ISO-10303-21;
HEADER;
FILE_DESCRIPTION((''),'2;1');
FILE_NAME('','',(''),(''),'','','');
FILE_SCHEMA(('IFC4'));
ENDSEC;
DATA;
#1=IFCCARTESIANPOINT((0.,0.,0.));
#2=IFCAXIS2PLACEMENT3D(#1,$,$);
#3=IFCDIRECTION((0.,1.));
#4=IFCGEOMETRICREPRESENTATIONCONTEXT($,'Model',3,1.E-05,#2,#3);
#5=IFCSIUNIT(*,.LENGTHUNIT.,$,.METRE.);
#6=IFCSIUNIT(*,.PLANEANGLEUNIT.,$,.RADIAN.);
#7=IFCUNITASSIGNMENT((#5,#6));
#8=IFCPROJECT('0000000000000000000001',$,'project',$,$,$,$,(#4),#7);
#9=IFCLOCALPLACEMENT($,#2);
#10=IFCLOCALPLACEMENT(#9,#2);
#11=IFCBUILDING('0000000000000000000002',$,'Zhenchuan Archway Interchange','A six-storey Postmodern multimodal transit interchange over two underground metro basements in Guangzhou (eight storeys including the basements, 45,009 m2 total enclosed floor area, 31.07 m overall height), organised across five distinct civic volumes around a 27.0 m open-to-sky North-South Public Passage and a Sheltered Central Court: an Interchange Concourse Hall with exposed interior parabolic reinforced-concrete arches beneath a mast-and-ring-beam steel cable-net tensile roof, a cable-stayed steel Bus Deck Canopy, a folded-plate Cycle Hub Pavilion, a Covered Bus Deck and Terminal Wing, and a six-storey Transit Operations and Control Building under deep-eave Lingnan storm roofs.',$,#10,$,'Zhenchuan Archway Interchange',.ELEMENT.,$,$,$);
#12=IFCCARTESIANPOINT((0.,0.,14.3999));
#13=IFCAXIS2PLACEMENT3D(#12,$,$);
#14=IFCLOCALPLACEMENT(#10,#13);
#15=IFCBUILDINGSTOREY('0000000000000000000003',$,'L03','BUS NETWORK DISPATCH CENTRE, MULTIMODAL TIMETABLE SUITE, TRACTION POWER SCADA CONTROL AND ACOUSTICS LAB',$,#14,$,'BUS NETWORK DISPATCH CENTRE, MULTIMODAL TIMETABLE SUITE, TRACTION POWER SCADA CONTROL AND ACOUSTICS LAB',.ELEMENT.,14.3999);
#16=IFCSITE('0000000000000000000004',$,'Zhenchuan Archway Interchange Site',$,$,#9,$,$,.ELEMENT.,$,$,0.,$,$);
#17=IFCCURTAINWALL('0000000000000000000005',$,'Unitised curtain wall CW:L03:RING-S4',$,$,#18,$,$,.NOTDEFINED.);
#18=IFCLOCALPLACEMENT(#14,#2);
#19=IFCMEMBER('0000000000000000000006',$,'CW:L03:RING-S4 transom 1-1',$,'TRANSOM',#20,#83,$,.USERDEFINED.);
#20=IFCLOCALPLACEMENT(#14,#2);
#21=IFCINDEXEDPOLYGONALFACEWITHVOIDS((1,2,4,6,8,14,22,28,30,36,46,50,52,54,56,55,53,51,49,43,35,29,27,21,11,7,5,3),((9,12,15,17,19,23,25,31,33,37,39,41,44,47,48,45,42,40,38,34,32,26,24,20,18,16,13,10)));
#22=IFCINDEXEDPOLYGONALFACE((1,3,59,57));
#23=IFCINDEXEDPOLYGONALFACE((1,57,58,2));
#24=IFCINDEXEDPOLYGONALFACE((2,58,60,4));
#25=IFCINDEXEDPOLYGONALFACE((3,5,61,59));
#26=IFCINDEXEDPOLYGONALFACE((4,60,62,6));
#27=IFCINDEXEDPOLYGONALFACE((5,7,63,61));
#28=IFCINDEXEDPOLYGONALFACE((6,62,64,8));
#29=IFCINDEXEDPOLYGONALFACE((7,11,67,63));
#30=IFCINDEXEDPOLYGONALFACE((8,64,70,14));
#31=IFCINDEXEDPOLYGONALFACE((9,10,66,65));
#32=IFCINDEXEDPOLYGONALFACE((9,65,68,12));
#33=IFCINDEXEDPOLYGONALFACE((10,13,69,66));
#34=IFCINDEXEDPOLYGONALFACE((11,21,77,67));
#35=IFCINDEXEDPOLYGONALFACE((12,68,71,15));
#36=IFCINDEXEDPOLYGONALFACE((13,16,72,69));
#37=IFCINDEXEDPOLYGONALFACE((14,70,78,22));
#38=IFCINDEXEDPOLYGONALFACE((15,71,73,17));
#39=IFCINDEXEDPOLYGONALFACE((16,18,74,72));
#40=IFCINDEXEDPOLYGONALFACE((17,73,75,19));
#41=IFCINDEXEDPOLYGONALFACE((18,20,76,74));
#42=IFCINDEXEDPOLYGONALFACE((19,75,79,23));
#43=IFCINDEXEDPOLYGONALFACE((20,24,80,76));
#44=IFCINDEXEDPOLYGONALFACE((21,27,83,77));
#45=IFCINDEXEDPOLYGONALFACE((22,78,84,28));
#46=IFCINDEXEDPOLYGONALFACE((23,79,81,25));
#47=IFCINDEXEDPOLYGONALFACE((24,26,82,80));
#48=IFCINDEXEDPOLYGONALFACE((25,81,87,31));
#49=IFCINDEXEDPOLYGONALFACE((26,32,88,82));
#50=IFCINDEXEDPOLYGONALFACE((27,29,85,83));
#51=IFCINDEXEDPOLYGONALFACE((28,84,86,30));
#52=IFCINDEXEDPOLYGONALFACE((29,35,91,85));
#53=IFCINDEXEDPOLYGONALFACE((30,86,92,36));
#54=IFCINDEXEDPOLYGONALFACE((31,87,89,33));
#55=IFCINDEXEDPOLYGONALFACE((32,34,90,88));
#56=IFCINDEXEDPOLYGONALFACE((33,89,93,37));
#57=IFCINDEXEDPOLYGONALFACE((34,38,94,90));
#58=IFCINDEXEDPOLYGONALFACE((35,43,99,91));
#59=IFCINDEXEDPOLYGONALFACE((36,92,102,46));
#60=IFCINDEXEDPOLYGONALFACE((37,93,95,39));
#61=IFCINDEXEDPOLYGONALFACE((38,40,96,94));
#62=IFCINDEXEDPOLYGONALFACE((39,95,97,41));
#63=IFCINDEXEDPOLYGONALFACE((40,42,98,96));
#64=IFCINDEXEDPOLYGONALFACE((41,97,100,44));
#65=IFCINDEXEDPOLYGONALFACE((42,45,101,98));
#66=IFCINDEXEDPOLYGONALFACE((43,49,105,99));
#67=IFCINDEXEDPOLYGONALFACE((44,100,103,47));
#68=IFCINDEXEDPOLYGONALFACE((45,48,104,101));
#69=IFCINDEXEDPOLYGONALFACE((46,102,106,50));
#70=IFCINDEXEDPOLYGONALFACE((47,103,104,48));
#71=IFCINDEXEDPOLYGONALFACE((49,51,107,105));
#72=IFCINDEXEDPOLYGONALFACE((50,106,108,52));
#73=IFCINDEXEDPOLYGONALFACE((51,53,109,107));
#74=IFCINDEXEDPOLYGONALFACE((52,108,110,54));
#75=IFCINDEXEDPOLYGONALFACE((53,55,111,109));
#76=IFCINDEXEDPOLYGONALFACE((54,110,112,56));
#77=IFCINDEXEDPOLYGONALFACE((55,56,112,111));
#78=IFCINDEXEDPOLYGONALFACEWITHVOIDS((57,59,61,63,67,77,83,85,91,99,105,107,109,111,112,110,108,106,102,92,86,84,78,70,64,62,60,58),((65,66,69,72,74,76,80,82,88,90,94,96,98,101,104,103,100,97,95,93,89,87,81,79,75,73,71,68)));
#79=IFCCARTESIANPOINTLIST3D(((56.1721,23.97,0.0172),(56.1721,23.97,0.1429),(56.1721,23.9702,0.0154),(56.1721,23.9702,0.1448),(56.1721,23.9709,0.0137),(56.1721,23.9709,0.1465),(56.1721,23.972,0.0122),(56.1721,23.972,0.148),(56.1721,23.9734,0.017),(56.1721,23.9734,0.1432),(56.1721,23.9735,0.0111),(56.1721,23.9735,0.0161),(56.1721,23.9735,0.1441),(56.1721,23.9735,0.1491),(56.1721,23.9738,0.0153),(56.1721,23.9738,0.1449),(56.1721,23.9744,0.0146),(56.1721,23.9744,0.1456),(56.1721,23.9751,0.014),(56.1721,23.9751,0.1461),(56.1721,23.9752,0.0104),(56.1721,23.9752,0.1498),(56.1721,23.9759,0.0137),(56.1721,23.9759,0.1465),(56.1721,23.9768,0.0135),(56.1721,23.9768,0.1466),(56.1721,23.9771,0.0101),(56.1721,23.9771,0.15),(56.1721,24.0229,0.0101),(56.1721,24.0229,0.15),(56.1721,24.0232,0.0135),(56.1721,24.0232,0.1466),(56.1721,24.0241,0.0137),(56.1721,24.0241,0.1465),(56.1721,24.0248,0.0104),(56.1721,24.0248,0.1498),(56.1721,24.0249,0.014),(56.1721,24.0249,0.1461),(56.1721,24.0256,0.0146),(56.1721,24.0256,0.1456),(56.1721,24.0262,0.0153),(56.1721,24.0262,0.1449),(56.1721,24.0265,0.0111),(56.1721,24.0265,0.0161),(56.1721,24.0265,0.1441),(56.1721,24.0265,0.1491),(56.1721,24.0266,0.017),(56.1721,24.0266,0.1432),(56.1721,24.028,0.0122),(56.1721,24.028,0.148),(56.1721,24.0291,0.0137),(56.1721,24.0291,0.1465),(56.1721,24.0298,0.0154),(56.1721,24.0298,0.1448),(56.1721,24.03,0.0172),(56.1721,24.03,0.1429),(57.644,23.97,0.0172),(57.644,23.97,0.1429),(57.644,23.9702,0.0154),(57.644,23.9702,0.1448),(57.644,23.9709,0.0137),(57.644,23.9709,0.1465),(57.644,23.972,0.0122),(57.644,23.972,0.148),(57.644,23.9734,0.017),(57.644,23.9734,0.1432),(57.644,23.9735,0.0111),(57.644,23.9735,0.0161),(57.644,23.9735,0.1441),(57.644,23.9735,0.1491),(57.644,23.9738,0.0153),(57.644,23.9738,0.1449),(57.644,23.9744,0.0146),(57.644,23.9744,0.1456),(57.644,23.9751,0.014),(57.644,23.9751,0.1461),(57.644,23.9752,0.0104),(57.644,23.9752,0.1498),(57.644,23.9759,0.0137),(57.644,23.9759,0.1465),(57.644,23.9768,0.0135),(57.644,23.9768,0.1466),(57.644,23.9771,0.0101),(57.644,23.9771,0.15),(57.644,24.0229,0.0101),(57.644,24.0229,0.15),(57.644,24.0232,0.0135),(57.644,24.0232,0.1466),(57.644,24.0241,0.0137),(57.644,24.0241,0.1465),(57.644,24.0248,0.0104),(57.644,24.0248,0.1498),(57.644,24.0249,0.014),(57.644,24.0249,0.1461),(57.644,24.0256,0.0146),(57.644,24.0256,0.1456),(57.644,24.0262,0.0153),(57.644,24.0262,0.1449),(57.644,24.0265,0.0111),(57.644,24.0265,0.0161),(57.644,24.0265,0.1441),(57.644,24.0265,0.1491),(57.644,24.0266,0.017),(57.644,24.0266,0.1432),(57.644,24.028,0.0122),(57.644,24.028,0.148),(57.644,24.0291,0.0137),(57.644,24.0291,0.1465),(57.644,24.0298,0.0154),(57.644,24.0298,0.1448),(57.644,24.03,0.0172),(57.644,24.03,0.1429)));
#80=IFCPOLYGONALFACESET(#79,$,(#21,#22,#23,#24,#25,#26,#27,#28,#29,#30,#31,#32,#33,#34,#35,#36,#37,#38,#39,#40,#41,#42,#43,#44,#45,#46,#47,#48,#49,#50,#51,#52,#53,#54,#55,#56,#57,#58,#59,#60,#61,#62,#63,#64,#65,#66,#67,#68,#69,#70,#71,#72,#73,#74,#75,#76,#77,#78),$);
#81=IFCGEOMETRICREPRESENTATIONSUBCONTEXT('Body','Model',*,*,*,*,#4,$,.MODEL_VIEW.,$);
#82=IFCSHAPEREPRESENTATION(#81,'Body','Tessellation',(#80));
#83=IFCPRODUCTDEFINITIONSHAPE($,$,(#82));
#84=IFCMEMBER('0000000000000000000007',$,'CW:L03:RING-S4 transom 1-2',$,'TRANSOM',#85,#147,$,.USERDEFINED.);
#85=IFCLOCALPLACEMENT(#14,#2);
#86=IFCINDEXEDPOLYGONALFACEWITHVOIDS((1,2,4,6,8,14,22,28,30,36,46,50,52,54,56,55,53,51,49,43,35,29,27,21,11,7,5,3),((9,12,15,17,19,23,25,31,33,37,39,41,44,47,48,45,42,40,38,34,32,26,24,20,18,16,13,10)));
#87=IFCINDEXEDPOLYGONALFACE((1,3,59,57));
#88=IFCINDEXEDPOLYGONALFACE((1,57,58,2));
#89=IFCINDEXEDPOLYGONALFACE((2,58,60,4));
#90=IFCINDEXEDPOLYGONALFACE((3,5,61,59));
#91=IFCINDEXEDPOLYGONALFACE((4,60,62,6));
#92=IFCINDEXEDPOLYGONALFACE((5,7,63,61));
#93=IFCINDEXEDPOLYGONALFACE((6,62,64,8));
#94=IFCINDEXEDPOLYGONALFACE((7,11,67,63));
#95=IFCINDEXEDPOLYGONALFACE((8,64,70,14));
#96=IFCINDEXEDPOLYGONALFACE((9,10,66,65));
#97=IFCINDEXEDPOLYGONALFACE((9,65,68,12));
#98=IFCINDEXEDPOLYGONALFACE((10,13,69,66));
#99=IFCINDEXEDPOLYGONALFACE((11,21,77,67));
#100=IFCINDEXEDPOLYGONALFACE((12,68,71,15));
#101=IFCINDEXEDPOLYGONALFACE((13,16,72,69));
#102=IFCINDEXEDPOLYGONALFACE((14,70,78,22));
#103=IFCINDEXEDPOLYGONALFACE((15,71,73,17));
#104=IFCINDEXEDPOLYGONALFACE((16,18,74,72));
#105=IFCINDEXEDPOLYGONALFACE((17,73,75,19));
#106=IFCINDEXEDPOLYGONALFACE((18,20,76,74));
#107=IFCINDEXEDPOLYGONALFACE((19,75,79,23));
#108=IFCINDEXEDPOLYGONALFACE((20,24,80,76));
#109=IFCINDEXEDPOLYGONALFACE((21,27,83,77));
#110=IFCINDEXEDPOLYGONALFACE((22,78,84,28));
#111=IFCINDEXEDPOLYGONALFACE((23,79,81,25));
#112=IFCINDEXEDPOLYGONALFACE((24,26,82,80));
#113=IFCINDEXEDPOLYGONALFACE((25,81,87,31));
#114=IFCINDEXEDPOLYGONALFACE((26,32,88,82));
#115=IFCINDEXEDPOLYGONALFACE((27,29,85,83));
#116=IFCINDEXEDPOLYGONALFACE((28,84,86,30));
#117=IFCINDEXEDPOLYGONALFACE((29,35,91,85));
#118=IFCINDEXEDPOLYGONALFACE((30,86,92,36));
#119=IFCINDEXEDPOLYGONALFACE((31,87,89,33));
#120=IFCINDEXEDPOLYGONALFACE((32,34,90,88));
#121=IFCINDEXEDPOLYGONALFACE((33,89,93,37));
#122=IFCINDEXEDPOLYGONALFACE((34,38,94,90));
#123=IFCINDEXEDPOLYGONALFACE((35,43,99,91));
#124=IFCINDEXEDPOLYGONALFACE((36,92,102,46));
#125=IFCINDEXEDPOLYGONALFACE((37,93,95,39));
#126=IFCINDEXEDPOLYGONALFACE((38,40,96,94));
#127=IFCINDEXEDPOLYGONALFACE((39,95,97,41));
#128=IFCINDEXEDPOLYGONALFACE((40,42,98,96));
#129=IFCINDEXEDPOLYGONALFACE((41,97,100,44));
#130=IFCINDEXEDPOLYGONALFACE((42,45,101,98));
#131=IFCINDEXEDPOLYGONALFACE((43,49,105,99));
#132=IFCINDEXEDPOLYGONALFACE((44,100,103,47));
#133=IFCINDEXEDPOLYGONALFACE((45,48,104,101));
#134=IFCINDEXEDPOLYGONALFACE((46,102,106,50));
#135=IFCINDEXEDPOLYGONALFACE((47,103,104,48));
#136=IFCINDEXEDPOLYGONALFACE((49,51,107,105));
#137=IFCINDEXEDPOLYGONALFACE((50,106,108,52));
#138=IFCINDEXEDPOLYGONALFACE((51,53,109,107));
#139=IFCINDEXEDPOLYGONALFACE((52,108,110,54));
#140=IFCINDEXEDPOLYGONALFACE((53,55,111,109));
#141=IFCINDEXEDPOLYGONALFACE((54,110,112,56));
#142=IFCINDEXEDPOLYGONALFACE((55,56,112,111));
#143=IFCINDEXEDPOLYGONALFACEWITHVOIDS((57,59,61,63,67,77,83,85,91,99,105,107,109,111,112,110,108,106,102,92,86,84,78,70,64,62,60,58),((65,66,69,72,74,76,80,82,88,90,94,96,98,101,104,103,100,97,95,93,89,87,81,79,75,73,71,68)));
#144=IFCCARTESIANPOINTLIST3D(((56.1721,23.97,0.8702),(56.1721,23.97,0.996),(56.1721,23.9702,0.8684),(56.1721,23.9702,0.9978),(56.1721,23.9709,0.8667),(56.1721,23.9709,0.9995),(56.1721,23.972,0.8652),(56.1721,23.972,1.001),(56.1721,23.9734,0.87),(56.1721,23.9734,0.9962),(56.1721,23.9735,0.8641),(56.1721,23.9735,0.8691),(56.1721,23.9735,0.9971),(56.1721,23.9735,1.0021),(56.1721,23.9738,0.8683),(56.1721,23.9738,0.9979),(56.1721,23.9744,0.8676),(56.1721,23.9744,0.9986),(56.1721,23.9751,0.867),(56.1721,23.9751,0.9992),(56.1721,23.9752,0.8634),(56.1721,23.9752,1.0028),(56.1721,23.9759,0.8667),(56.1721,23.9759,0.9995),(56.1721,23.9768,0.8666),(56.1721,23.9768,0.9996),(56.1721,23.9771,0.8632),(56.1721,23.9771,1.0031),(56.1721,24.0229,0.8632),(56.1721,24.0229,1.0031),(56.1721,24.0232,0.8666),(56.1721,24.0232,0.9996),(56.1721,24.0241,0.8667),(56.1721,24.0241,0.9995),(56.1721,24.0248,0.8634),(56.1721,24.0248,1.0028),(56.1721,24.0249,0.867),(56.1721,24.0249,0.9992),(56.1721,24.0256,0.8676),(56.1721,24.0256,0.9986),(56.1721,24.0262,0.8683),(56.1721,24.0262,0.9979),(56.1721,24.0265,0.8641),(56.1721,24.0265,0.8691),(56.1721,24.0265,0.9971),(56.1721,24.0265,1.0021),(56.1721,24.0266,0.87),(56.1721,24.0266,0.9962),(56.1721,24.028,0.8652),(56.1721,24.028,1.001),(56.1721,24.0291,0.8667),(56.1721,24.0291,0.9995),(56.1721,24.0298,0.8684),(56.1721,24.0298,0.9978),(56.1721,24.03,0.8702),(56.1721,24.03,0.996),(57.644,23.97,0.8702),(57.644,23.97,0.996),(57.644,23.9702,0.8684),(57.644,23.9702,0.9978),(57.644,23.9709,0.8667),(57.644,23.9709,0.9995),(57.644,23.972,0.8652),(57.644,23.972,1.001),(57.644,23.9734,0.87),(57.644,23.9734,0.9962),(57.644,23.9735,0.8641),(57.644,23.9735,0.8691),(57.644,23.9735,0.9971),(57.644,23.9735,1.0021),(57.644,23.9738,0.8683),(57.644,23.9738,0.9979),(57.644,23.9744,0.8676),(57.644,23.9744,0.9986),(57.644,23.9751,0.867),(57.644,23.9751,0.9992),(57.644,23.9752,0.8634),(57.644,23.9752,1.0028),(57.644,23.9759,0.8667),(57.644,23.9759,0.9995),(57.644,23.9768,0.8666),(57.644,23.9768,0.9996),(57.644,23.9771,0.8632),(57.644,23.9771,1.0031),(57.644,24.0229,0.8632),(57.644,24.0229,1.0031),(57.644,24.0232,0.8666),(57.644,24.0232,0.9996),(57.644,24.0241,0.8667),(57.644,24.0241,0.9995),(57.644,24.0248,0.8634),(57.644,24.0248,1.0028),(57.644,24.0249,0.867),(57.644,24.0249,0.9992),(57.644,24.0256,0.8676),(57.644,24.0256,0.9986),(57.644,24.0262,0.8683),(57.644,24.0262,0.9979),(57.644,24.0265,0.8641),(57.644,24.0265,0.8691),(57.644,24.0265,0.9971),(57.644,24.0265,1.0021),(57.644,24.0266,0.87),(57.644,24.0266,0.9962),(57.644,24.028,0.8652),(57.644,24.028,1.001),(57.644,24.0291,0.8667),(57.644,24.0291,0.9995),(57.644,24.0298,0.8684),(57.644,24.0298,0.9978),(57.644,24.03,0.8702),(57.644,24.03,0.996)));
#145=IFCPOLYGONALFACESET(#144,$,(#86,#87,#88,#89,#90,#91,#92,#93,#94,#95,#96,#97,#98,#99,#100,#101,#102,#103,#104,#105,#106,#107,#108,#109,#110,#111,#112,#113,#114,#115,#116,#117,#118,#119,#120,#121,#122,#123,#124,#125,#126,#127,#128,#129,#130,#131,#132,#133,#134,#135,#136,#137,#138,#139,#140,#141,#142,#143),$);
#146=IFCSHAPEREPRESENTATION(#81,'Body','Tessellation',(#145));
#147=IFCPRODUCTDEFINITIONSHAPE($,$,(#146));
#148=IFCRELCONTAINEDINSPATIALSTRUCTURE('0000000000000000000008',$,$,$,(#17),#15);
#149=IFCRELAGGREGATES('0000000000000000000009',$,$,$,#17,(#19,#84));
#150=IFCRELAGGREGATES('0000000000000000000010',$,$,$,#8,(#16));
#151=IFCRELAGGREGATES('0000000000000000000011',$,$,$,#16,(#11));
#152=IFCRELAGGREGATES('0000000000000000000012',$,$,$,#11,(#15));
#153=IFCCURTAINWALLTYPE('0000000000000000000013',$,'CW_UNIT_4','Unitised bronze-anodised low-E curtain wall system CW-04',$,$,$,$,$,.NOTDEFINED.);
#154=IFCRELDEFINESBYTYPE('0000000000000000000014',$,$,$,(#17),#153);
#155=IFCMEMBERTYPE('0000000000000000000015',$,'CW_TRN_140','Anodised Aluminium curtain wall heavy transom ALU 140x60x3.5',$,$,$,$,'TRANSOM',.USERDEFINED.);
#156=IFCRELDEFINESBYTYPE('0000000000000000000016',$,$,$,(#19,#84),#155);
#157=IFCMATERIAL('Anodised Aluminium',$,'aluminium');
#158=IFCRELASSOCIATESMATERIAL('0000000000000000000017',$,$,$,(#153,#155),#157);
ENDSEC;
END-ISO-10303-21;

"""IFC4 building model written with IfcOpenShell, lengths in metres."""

from ifc_helpers import new_model, si_unit, direction, frame, origin, origin_2d, place, context, subcontext, project, spatial, hollow_rectangle, extrude, material, material_profile, profile_set, type_object, element, aggregate, save


model = new_model("IFC4")

# Units and contexts
model_context = context("Model", 3, precision=1e-05, world=origin(), true_north=direction((0.0, 1.0)))
body_context = subcontext(model_context, "Body", "Model", "MODEL_VIEW")
ifc_project = project(units=[si_unit("LENGTHUNIT", "METRE"), si_unit("PLANEANGLEUNIT", "RADIAN")], contexts=[model_context])

# Site, building, storey
site_placement = place(None, origin())
site = spatial("IfcSite", under=ifc_project, at=site_placement, Name="Zhenchuan Archway Interchange Site", CompositionType="ELEMENT", RefElevation=0.0)
building_placement = place(site_placement, origin())
building = spatial("IfcBuilding", under=site, at=building_placement, Name="Zhenchuan Archway Interchange", Description="A six-storey Postmodern multimodal transit interchange over two underground metro basements in Guangzhou (eight storeys including the basements, 45,009 m2 total enclosed floor area, 31.07 m overall height), organised across five distinct civic volumes around a 27.0 m open-to-sky North-South Public Passage and a Sheltered Central Court: an Interchange Concourse Hall with exposed interior parabolic reinforced-concrete arches beneath a mast-and-ring-beam steel cable-net tensile roof, a cable-stayed steel Bus Deck Canopy, a folded-plate Cycle Hub Pavilion, a Covered Bus Deck and Terminal Wing, and a six-storey Transit Operations and Control Building under deep-eave Lingnan storm roofs.", LongName="Zhenchuan Archway Interchange", CompositionType="ELEMENT")
storey_placement = place(building_placement, frame((0.0, 0.0, 14.3999)))
storey = spatial("IfcBuildingStorey", under=building, at=storey_placement, Name="L03", Description="BUS NETWORK DISPATCH CENTRE, MULTIMODAL TIMETABLE SUITE, TRACTION POWER SCADA CONTROL AND ACOUSTICS LAB", LongName="BUS NETWORK DISPATCH CENTRE, MULTIMODAL TIMETABLE SUITE, TRACTION POWER SCADA CONTROL AND ACOUSTICS LAB", CompositionType="ELEMENT", Elevation=14.3999)

# Curtain wall
ifc_material_1 = material(Name="Anodised Aluminium", Category="aluminium")
curtain_wall_type = type_object("IfcCurtainWallType", Name="CW_UNIT_4", Description="Unitised bronze-anodised low-E curtain wall system CW-04", PredefinedType="NOTDEFINED", material=ifc_material_1)
curtain_wall_1_placement = place(storey_placement, origin())
curtain_wall_1 = element("IfcCurtainWall", 1, at=curtain_wall_1_placement, inside=storey, type_object=curtain_wall_type, Name="Unitised curtain wall CW:L03:RING-S4", PredefinedType="NOTDEFINED")

# Members
ifc_material_profile_1 = material_profile(ifc_material_1, hollow_rectangle(XDim=0.0601, YDim=0.1399, WallThickness=0.0034, InnerFilletRadius=0.0034, OuterFilletRadius=0.0071, at=origin_2d()), Name="ALU 140x60x3.5")
ifc_profile_set_1 = profile_set([ifc_material_profile_1], Name="Anodised Aluminium")
member_type_1 = type_object("IfcMemberType", Name="CW_TRN_140", Description="Anodised Aluminium curtain wall heavy transom ALU 140x60x3.5", ElementType="TRANSOM", PredefinedType="USERDEFINED", material=ifc_profile_set_1)
member_1_placement = place(storey_placement, frame((56.1721, 24.0, 0.0801), z_axis=(1.0, 0.0, 0.0), x_axis=(0.0, 1.0, 0.0)))
member_1 = element("IfcMember", 2, at=member_1_placement, type_object=member_type_1, Name="CW:L03:RING-S4 transom 1-1", ObjectType="TRANSOM", PredefinedType="USERDEFINED", context=body_context, shape_type="SweptSolid", body=[
    extrude(hollow_rectangle(XDim=0.0601, YDim=0.1399, WallThickness=0.0034, InnerFilletRadius=0.0034, OuterFilletRadius=0.0071, at=origin_2d()), origin(), (0.0, 0.0, 1.0), 1.4719),
])
member_2_placement = place(storey_placement, frame((56.1721, 24.0, 0.9331), z_axis=(1.0, 0.0, 0.0), x_axis=(0.0, 1.0, 0.0)))
member_2 = element("IfcMember", 3, at=member_2_placement, type_object=member_type_1, Name="CW:L03:RING-S4 transom 1-2", ObjectType="TRANSOM", PredefinedType="USERDEFINED", context=body_context, shape_type="SweptSolid", body=[
    extrude(hollow_rectangle(XDim=0.0601, YDim=0.1399, WallThickness=0.0034, InnerFilletRadius=0.0034, OuterFilletRadius=0.0071, at=origin_2d()), origin(), (0.0, 0.0, 1.0), 1.4719),
])

aggregate(curtain_wall_1, [member_1, member_2])

save(model, "model.ifc")
